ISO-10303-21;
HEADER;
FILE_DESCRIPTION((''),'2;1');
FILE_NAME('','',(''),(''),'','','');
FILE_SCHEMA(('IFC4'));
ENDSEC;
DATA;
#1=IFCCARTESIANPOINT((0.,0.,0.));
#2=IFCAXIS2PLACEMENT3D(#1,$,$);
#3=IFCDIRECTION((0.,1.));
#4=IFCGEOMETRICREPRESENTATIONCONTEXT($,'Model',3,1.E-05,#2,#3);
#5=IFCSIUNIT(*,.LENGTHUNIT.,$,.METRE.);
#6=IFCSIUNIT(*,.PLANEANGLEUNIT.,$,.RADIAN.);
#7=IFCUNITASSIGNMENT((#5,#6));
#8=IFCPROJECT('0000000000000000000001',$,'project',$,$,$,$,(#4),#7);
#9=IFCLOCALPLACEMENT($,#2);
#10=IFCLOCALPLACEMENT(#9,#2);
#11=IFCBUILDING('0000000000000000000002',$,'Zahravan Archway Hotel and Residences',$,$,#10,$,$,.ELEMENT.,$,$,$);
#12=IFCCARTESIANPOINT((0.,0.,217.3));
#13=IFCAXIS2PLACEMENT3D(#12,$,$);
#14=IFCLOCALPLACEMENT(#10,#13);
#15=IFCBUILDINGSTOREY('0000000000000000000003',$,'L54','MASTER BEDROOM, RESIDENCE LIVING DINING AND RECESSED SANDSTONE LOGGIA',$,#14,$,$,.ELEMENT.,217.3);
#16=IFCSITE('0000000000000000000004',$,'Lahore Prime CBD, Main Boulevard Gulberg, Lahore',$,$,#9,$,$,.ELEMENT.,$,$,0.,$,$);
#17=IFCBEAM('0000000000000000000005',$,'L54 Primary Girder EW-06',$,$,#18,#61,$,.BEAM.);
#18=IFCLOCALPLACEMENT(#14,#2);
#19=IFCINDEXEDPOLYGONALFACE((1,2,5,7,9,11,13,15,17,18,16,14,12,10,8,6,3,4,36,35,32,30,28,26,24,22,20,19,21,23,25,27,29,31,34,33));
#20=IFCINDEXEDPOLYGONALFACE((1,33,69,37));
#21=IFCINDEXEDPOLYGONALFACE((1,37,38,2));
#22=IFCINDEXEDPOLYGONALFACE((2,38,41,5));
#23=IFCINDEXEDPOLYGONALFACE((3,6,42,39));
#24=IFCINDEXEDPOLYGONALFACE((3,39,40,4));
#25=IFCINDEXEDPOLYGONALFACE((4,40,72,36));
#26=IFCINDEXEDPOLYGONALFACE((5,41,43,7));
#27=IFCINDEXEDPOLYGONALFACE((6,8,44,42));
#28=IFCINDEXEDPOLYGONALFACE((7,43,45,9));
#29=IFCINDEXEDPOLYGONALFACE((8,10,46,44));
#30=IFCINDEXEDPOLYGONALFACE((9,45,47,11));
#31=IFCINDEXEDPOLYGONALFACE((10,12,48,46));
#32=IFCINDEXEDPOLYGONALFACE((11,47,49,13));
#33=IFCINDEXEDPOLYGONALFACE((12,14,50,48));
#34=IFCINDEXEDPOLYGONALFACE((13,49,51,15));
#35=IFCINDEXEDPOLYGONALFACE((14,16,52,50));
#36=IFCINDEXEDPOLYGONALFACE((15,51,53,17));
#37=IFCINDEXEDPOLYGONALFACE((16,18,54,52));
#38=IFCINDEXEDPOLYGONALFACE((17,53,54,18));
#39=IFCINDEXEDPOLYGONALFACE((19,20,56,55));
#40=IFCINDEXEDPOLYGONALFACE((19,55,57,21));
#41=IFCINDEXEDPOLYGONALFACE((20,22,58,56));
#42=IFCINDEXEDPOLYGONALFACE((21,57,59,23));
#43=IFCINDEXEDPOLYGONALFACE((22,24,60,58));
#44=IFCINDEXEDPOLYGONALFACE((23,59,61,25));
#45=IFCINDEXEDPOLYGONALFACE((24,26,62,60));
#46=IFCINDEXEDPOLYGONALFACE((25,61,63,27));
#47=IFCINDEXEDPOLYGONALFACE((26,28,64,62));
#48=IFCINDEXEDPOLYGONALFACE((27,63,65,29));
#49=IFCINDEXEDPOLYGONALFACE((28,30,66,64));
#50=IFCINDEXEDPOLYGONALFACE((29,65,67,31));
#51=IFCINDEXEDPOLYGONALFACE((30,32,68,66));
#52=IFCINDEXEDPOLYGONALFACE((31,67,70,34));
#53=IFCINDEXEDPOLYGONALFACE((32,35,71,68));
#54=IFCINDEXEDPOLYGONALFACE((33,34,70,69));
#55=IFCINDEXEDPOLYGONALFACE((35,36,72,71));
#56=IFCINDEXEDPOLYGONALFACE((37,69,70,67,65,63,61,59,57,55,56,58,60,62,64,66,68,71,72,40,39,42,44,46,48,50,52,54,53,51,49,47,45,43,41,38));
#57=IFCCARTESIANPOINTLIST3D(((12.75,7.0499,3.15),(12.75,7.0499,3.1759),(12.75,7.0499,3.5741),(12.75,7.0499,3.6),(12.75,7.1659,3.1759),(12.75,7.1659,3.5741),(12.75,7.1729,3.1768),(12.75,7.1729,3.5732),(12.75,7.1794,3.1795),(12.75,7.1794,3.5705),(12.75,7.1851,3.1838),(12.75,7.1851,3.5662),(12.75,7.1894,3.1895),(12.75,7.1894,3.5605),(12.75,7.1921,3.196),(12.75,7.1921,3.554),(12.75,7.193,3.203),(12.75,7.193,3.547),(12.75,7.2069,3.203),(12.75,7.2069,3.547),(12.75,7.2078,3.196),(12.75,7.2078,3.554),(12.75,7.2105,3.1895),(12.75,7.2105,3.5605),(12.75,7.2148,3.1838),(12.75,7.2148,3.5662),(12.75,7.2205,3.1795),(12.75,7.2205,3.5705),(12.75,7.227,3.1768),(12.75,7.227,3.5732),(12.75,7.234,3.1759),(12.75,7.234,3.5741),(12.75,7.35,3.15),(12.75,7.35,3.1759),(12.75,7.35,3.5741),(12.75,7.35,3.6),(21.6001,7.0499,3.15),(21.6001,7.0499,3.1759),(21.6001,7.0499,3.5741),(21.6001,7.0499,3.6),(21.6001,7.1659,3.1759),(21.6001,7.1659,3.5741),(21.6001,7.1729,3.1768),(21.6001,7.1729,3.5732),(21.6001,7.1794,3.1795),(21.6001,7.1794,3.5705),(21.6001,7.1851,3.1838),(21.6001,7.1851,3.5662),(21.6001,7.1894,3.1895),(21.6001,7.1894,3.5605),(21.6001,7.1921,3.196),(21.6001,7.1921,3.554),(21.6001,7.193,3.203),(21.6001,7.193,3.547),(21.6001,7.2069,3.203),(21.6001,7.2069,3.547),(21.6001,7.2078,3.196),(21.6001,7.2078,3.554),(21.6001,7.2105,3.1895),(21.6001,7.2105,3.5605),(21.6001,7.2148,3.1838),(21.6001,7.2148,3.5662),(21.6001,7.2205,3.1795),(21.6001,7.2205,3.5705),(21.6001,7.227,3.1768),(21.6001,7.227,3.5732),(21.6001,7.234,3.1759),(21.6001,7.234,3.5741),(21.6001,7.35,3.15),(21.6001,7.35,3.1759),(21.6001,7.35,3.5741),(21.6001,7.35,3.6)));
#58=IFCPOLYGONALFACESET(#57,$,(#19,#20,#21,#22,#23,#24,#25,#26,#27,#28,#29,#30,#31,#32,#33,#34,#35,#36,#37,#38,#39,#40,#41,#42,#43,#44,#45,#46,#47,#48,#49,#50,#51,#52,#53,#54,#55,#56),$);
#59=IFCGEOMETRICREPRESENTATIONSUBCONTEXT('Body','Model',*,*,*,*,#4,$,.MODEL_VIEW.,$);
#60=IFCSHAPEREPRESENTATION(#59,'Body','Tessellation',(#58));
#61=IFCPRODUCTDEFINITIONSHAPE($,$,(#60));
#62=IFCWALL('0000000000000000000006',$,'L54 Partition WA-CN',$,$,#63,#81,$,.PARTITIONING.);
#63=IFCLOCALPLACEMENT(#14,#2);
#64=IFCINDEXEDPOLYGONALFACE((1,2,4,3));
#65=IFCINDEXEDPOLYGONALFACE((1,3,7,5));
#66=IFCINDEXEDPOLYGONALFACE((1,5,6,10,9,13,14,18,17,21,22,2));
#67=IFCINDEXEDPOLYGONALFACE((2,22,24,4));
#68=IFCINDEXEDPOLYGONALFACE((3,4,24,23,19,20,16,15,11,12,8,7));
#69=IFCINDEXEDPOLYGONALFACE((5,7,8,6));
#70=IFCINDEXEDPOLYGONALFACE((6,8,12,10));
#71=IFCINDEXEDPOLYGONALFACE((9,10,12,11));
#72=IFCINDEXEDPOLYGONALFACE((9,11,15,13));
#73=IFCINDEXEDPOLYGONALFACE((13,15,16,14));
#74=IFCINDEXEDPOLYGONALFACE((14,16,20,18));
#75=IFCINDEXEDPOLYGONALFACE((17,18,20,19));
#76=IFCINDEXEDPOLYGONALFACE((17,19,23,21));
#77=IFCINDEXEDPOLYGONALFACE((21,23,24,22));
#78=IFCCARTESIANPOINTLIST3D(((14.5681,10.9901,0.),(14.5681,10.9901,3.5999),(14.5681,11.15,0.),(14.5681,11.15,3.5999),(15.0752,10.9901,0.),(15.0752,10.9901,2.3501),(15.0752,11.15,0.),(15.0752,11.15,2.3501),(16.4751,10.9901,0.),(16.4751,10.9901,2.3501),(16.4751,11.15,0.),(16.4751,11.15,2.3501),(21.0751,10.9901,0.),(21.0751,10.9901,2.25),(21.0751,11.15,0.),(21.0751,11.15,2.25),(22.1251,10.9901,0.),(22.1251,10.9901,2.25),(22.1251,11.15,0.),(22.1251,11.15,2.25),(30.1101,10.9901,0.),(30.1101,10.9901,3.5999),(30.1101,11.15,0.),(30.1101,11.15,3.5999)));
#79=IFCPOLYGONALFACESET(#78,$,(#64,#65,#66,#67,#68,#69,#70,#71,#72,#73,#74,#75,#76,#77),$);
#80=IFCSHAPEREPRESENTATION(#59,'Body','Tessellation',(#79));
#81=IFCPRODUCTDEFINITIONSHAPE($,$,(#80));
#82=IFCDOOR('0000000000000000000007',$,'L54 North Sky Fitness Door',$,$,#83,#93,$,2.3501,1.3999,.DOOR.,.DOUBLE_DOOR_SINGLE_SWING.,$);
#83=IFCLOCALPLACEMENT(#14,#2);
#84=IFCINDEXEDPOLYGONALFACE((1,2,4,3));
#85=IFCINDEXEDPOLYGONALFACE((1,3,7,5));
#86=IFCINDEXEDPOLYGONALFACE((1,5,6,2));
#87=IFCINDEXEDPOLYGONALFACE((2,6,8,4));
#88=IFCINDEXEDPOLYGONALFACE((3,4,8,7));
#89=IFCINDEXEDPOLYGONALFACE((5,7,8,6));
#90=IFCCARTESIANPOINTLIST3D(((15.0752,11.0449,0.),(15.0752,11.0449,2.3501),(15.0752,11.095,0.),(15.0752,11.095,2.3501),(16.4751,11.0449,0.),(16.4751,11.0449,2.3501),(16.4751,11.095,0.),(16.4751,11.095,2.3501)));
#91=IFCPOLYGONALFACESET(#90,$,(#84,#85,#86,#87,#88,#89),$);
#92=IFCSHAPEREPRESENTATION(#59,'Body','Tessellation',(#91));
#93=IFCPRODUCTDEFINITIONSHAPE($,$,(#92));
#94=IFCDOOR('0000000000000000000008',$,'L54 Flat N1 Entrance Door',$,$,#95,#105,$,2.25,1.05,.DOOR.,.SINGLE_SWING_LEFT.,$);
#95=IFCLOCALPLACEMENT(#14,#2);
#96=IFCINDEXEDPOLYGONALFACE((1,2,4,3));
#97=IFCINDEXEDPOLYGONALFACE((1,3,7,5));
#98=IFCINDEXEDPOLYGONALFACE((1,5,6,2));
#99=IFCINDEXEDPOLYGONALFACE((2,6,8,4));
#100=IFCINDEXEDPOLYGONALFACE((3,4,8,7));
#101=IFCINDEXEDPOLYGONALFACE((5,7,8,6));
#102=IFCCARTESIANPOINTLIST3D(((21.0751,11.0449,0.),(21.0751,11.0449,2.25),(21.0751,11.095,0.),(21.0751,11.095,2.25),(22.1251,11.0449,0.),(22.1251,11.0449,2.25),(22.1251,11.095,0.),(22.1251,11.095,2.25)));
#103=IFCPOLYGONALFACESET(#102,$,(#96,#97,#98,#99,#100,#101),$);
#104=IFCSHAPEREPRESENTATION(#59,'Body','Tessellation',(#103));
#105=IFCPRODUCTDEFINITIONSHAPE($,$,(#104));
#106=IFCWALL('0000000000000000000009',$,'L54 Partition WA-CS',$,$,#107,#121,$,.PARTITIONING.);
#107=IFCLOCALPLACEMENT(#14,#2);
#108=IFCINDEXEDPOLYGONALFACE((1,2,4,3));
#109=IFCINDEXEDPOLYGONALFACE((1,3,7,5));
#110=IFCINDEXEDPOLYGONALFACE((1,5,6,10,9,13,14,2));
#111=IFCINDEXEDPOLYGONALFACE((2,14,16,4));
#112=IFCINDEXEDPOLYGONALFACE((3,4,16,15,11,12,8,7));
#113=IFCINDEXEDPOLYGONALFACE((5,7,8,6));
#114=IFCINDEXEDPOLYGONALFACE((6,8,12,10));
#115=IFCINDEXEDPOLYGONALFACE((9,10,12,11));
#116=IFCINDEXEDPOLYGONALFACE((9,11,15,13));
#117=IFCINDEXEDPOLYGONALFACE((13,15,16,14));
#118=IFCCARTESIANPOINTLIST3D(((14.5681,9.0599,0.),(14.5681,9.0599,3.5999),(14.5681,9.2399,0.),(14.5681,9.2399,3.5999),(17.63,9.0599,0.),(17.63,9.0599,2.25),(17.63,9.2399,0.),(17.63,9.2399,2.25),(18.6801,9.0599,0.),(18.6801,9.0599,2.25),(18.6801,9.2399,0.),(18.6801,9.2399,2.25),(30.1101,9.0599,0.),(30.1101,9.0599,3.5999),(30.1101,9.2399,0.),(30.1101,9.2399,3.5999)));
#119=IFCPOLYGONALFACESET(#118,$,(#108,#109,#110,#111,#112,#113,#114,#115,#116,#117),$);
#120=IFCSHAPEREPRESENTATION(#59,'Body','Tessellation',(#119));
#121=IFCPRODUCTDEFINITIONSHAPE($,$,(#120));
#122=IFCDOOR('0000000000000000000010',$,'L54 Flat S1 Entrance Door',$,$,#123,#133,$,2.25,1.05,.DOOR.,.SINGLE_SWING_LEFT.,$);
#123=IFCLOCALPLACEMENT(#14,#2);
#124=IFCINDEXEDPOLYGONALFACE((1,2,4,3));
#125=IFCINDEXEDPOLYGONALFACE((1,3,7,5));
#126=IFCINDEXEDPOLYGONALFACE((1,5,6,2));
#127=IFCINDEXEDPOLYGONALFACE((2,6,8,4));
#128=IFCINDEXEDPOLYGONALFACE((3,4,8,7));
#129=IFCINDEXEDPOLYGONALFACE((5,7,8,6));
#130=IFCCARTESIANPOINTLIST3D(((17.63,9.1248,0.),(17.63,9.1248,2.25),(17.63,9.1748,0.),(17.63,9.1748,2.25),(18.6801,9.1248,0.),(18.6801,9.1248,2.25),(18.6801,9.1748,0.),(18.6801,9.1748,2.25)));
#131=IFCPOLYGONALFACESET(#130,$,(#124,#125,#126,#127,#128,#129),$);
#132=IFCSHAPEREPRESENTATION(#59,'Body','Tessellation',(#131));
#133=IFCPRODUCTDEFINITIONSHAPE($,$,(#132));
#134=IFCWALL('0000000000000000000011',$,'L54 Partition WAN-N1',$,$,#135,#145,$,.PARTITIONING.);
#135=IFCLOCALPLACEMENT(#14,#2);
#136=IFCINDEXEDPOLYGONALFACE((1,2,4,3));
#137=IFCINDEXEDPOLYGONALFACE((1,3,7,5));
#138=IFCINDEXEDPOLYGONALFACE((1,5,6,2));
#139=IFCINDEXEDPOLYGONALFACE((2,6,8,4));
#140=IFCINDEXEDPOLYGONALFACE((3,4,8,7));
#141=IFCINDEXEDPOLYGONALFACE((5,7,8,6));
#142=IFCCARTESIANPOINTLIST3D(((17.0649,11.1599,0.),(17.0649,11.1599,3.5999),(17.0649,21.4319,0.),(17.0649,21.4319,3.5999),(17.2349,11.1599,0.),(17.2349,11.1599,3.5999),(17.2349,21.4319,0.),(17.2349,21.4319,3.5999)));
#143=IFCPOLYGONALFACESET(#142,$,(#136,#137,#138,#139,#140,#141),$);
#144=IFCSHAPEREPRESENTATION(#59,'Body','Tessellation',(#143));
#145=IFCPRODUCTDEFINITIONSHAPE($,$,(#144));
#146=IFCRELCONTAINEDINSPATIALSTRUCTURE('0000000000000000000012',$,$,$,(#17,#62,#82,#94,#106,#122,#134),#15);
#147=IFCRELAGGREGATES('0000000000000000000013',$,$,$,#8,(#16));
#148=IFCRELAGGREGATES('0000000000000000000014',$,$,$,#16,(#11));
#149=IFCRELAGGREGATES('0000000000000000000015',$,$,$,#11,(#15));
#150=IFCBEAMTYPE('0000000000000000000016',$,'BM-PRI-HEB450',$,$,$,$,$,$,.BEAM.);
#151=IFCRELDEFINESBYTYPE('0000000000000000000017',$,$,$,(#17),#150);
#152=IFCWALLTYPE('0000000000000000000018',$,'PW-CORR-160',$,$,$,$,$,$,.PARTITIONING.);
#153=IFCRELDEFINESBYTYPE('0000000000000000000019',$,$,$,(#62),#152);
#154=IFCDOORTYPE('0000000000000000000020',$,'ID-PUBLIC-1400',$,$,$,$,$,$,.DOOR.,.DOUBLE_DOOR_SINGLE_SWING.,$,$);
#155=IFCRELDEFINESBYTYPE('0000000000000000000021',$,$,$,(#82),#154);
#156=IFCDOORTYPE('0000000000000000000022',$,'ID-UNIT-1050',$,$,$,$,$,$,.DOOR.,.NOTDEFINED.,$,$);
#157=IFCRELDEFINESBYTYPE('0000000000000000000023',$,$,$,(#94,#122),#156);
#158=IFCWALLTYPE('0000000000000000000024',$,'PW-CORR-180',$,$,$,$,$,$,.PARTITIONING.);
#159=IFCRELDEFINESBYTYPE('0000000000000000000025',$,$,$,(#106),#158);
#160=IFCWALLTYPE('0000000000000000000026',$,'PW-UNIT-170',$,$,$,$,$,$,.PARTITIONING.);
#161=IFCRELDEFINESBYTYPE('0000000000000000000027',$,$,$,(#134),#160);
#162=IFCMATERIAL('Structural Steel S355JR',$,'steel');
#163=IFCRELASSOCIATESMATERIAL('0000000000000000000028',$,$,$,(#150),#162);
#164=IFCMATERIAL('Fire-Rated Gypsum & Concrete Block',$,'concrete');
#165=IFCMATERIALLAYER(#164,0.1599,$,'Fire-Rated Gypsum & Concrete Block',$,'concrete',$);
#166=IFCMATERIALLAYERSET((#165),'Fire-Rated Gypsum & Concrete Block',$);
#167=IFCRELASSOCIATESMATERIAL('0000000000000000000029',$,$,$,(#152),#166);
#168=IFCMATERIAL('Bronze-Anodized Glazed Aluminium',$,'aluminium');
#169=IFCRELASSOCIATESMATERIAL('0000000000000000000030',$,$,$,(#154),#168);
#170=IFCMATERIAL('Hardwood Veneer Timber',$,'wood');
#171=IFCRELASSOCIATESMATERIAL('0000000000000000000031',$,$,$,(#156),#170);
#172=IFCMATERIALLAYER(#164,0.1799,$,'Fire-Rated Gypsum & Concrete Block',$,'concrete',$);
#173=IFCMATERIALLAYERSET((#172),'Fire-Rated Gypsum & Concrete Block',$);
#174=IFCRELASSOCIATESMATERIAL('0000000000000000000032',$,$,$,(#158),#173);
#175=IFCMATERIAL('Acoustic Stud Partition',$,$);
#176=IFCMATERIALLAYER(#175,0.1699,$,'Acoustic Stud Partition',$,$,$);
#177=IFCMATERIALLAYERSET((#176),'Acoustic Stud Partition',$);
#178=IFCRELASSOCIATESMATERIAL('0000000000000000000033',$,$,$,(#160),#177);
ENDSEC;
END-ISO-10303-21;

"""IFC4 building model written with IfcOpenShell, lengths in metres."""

from ifc_helpers import new_model, si_unit, direction, frame, frame_2d, origin, origin_2d, place, context, subcontext, project, spatial, rectangle, i_section, extrude, source, transform, mapped, material, layer, layer_set, material_profile, profile_set, type_object, type_shapes, element, fill, save


model = new_model("IFC4")

# Units and contexts
model_context = context("Model", 3, precision=1e-05, world=origin(), true_north=direction((0.0, 1.0)))
body_context = subcontext(model_context, "Body", "Model", "MODEL_VIEW")
ifc_project = project(units=[si_unit("LENGTHUNIT", "METRE"), si_unit("PLANEANGLEUNIT", "RADIAN")], contexts=[model_context])

# Site, building, storey
site_placement = place(None, origin())
site = spatial("IfcSite", under=ifc_project, at=site_placement, Name="Lahore Prime CBD, Main Boulevard Gulberg, Lahore", CompositionType="ELEMENT", RefElevation=0.0)
building_placement = place(site_placement, origin())
building = spatial("IfcBuilding", under=site, at=building_placement, Name="Zahravan Archway Hotel and Residences", CompositionType="ELEMENT")
storey_placement = place(building_placement, frame((0.0, 0.0, 217.3)))
storey = spatial("IfcBuildingStorey", under=building, at=storey_placement, Name="L54", Description="MASTER BEDROOM, RESIDENCE LIVING DINING AND RECESSED SANDSTONE LOGGIA", CompositionType="ELEMENT", Elevation=217.3)

# Beam
ifc_material_1 = material(Name="Structural Steel S355JR", Category="steel")
ifc_material_profile_1 = material_profile(ifc_material_1, i_section(OverallWidth=0.3, OverallDepth=0.45, WebThickness=0.0139, FlangeThickness=0.0259, FilletRadius=0.0271, at=origin_2d()), Name="HEB 450", Category="steel")
ifc_profile_set_1 = profile_set([ifc_material_profile_1], Name="Structural Steel S355JR")
beam_type_1 = type_object("IfcBeamType", Name="BM-PRI-HEB450", PredefinedType="BEAM", material=ifc_profile_set_1)
shared_shape_1 = source(origin(), body_context, "Body", "SweptSolid", [
    extrude(i_section(OverallWidth=0.3, OverallDepth=0.45, WebThickness=0.0139, FlangeThickness=0.0259, FilletRadius=0.0271, at=origin_2d()), origin(), (0.0, 0.0, 1.0), 8.8501),
])
beam_1_placement = place(storey_placement, frame((12.75, 7.2, 3.375), z_axis=(1.0, 0.0, 0.0), x_axis=(0.0, 1.0, 0.0)))
element("IfcBeam", 1, at=beam_1_placement, inside=storey, type_object=beam_type_1, Name="L54 Primary Girder EW-06", PredefinedType="BEAM", context=body_context, shape_type="MappedRepresentation", body=[
    mapped(shared_shape_1, transform((0.0, 0.0, 0.0), scale=1.0)),
])

# Wall, openings, doors
ifc_material_2 = material(Name="Fire-Rated Gypsum & Concrete Block", Category="concrete")
ifc_layer_1 = layer(ifc_material_2, 0.1599, Name="Fire-Rated Gypsum & Concrete Block", Category="concrete")
ifc_layer_set_1 = layer_set([ifc_layer_1], Name="Fire-Rated Gypsum & Concrete Block")
wall_type_1 = type_object("IfcWallType", Name="PW-CORR-160", PredefinedType="PARTITIONING", material=ifc_layer_set_1)
wall_1_placement = place(storey_placement, frame((14.5681, 11.0701, 0.0), z_axis=(0.0, 0.0, 1.0), x_axis=(1.0, 0.0, 0.0)))
wall_1 = element("IfcWall", 2, at=wall_1_placement, inside=storey, type_object=wall_type_1, Name="L54 Partition WA-CN", PredefinedType="PARTITIONING", context=body_context, shape_type="SweptSolid", body=[
    extrude(rectangle(XDim=15.542, YDim=0.1599, at=frame_2d((7.771, 0.0))), origin(), (0.0, 0.0, 1.0), 3.5999),
])
opening_1_placement = place(wall_1_placement, frame((0.5071, 0.0, 0.0)))
opening_1 = element("IfcOpeningElement", 3, at=opening_1_placement, cuts=wall_1, PredefinedType="OPENING", context=body_context, shape_type="SweptSolid", body=[
    extrude(rectangle(XDim=1.3999, YDim=2.3501, at=frame_2d((0.7, 1.175))), frame((0.0, 0.0898, 0.0), z_axis=(0.0, -1.0, 0.0), x_axis=(1.0, 0.0, 0.0)), (0.0, 0.0, 1.0), 0.1799),
])
opening_2_placement = place(wall_1_placement, frame((6.5071, 0.0, 0.0)))
opening_2 = element("IfcOpeningElement", 4, at=opening_2_placement, cuts=wall_1, PredefinedType="OPENING", context=body_context, shape_type="SweptSolid", body=[
    extrude(rectangle(XDim=1.05, YDim=2.25, at=frame_2d((0.5249, 1.125))), frame((0.0, 0.0898, 0.0), z_axis=(0.0, -1.0, 0.0), x_axis=(1.0, 0.0, 0.0)), (0.0, 0.0, 1.0), 0.1799),
])
ifc_material_3 = material(Name="Bronze-Anodized Glazed Aluminium", Category="aluminium")
door_type_1 = type_object("IfcDoorType", Name="ID-PUBLIC-1400", OperationType="DOUBLE_DOOR_SINGLE_SWING", PredefinedType="DOOR", material=ifc_material_3)
shared_shape_2 = source(origin(), body_context, "Body", "SweptSolid", [
    extrude(rectangle(XDim=1.3999, YDim=2.3501, at=frame_2d((0.7, 1.175))), frame((0.0, 0.0249, 0.0), z_axis=(0.0, -1.0, 0.0), x_axis=(1.0, 0.0, 0.0)), (0.0, 0.0, 1.0), 0.05),
])
type_shapes(door_type_1, [shared_shape_2])
door_1_placement = place(opening_1_placement, origin())
door_1 = element("IfcDoor", 5, at=door_1_placement, inside=storey, type_object=door_type_1, Name="L54 North Sky Fitness Door", OperationType="DOUBLE_DOOR_SINGLE_SWING", OverallHeight=2.3501, OverallWidth=1.3999, PredefinedType="DOOR", context=body_context, shape_type="MappedRepresentation", body=[
    mapped(shared_shape_2, transform((0.0, 0.0, 0.0), scale=1.0)),
])
fill(opening_1, door_1)
ifc_material_4 = material(Name="Hardwood Veneer Timber", Category="wood")
door_type_2 = type_object("IfcDoorType", Name="ID-UNIT-1050", OperationType="NOTDEFINED", PredefinedType="DOOR", material=ifc_material_4)
shared_shape_3 = source(origin(), body_context, "Body", "SweptSolid", [
    extrude(rectangle(XDim=1.05, YDim=2.25, at=frame_2d((0.5249, 1.125))), frame((0.0, 0.0249, 0.0), z_axis=(0.0, -1.0, 0.0), x_axis=(1.0, 0.0, 0.0)), (0.0, 0.0, 1.0), 0.05),
])
type_shapes(door_type_2, [shared_shape_3])
door_2_placement = place(opening_2_placement, origin())
door_2 = element("IfcDoor", 6, at=door_2_placement, inside=storey, type_object=door_type_2, Name="L54 Flat N1 Entrance Door", OperationType="SINGLE_SWING_LEFT", OverallHeight=2.25, OverallWidth=1.05, PredefinedType="DOOR", context=body_context, shape_type="MappedRepresentation", body=[
    mapped(shared_shape_3, transform((0.0, 0.0, 0.0), scale=1.0)),
])
fill(opening_2, door_2)

# Wall, opening, door
ifc_layer_2 = layer(ifc_material_2, 0.1799, Name="Fire-Rated Gypsum & Concrete Block", Category="concrete")
ifc_layer_set_2 = layer_set([ifc_layer_2], Name="Fire-Rated Gypsum & Concrete Block")
wall_type_2 = type_object("IfcWallType", Name="PW-CORR-180", PredefinedType="PARTITIONING", material=ifc_layer_set_2)
wall_2_placement = place(storey_placement, frame((14.5681, 9.1499, 0.0), z_axis=(0.0, 0.0, 1.0), x_axis=(1.0, 0.0, 0.0)))
wall_2 = element("IfcWall", 7, at=wall_2_placement, inside=storey, type_object=wall_type_2, Name="L54 Partition WA-CS", PredefinedType="PARTITIONING", context=body_context, shape_type="SweptSolid", body=[
    extrude(rectangle(XDim=15.542, YDim=0.1799, at=frame_2d((7.771, 0.0))), origin(), (0.0, 0.0, 1.0), 3.5999),
])
opening_3_placement = place(wall_2_placement, frame((3.062, 0.0, 0.0)))
opening_3 = element("IfcOpeningElement", 8, at=opening_3_placement, cuts=wall_2, PredefinedType="OPENING", context=body_context, shape_type="SweptSolid", body=[
    extrude(rectangle(XDim=1.05, YDim=2.25, at=frame_2d((0.5249, 1.125))), frame((0.0, 0.1001, 0.0), z_axis=(0.0, -1.0, 0.0), x_axis=(1.0, 0.0, 0.0)), (0.0, 0.0, 1.0), 0.2),
])
door_3_placement = place(opening_3_placement, origin())
door_3 = element("IfcDoor", 9, at=door_3_placement, inside=storey, type_object=door_type_2, Name="L54 Flat S1 Entrance Door", OperationType="SINGLE_SWING_LEFT", OverallHeight=2.25, OverallWidth=1.05, PredefinedType="DOOR", context=body_context, shape_type="MappedRepresentation", body=[
    mapped(shared_shape_3, transform((0.0, 0.0, 0.0), scale=1.0)),
])
fill(opening_3, door_3)

# Wall
ifc_material_5 = material(Name="Acoustic Stud Partition")
ifc_layer_3 = layer(ifc_material_5, 0.1699, Name="Acoustic Stud Partition")
ifc_layer_set_3 = layer_set([ifc_layer_3], Name="Acoustic Stud Partition")
wall_type_3 = type_object("IfcWallType", Name="PW-UNIT-170", PredefinedType="PARTITIONING", material=ifc_layer_set_3)
wall_3_placement = place(storey_placement, frame((17.1499, 11.1599, 0.0), z_axis=(0.0, 0.0, 1.0), x_axis=(0.0, 1.0, 0.0)))
element("IfcWall", 10, at=wall_3_placement, inside=storey, type_object=wall_type_3, Name="L54 Partition WAN-N1", PredefinedType="PARTITIONING", context=body_context, shape_type="SweptSolid", body=[
    extrude(rectangle(XDim=10.272, YDim=0.1699, at=frame_2d((5.136, 0.0))), origin(), (0.0, 0.0, 1.0), 3.5999),
])

save(model, "model.ifc")
